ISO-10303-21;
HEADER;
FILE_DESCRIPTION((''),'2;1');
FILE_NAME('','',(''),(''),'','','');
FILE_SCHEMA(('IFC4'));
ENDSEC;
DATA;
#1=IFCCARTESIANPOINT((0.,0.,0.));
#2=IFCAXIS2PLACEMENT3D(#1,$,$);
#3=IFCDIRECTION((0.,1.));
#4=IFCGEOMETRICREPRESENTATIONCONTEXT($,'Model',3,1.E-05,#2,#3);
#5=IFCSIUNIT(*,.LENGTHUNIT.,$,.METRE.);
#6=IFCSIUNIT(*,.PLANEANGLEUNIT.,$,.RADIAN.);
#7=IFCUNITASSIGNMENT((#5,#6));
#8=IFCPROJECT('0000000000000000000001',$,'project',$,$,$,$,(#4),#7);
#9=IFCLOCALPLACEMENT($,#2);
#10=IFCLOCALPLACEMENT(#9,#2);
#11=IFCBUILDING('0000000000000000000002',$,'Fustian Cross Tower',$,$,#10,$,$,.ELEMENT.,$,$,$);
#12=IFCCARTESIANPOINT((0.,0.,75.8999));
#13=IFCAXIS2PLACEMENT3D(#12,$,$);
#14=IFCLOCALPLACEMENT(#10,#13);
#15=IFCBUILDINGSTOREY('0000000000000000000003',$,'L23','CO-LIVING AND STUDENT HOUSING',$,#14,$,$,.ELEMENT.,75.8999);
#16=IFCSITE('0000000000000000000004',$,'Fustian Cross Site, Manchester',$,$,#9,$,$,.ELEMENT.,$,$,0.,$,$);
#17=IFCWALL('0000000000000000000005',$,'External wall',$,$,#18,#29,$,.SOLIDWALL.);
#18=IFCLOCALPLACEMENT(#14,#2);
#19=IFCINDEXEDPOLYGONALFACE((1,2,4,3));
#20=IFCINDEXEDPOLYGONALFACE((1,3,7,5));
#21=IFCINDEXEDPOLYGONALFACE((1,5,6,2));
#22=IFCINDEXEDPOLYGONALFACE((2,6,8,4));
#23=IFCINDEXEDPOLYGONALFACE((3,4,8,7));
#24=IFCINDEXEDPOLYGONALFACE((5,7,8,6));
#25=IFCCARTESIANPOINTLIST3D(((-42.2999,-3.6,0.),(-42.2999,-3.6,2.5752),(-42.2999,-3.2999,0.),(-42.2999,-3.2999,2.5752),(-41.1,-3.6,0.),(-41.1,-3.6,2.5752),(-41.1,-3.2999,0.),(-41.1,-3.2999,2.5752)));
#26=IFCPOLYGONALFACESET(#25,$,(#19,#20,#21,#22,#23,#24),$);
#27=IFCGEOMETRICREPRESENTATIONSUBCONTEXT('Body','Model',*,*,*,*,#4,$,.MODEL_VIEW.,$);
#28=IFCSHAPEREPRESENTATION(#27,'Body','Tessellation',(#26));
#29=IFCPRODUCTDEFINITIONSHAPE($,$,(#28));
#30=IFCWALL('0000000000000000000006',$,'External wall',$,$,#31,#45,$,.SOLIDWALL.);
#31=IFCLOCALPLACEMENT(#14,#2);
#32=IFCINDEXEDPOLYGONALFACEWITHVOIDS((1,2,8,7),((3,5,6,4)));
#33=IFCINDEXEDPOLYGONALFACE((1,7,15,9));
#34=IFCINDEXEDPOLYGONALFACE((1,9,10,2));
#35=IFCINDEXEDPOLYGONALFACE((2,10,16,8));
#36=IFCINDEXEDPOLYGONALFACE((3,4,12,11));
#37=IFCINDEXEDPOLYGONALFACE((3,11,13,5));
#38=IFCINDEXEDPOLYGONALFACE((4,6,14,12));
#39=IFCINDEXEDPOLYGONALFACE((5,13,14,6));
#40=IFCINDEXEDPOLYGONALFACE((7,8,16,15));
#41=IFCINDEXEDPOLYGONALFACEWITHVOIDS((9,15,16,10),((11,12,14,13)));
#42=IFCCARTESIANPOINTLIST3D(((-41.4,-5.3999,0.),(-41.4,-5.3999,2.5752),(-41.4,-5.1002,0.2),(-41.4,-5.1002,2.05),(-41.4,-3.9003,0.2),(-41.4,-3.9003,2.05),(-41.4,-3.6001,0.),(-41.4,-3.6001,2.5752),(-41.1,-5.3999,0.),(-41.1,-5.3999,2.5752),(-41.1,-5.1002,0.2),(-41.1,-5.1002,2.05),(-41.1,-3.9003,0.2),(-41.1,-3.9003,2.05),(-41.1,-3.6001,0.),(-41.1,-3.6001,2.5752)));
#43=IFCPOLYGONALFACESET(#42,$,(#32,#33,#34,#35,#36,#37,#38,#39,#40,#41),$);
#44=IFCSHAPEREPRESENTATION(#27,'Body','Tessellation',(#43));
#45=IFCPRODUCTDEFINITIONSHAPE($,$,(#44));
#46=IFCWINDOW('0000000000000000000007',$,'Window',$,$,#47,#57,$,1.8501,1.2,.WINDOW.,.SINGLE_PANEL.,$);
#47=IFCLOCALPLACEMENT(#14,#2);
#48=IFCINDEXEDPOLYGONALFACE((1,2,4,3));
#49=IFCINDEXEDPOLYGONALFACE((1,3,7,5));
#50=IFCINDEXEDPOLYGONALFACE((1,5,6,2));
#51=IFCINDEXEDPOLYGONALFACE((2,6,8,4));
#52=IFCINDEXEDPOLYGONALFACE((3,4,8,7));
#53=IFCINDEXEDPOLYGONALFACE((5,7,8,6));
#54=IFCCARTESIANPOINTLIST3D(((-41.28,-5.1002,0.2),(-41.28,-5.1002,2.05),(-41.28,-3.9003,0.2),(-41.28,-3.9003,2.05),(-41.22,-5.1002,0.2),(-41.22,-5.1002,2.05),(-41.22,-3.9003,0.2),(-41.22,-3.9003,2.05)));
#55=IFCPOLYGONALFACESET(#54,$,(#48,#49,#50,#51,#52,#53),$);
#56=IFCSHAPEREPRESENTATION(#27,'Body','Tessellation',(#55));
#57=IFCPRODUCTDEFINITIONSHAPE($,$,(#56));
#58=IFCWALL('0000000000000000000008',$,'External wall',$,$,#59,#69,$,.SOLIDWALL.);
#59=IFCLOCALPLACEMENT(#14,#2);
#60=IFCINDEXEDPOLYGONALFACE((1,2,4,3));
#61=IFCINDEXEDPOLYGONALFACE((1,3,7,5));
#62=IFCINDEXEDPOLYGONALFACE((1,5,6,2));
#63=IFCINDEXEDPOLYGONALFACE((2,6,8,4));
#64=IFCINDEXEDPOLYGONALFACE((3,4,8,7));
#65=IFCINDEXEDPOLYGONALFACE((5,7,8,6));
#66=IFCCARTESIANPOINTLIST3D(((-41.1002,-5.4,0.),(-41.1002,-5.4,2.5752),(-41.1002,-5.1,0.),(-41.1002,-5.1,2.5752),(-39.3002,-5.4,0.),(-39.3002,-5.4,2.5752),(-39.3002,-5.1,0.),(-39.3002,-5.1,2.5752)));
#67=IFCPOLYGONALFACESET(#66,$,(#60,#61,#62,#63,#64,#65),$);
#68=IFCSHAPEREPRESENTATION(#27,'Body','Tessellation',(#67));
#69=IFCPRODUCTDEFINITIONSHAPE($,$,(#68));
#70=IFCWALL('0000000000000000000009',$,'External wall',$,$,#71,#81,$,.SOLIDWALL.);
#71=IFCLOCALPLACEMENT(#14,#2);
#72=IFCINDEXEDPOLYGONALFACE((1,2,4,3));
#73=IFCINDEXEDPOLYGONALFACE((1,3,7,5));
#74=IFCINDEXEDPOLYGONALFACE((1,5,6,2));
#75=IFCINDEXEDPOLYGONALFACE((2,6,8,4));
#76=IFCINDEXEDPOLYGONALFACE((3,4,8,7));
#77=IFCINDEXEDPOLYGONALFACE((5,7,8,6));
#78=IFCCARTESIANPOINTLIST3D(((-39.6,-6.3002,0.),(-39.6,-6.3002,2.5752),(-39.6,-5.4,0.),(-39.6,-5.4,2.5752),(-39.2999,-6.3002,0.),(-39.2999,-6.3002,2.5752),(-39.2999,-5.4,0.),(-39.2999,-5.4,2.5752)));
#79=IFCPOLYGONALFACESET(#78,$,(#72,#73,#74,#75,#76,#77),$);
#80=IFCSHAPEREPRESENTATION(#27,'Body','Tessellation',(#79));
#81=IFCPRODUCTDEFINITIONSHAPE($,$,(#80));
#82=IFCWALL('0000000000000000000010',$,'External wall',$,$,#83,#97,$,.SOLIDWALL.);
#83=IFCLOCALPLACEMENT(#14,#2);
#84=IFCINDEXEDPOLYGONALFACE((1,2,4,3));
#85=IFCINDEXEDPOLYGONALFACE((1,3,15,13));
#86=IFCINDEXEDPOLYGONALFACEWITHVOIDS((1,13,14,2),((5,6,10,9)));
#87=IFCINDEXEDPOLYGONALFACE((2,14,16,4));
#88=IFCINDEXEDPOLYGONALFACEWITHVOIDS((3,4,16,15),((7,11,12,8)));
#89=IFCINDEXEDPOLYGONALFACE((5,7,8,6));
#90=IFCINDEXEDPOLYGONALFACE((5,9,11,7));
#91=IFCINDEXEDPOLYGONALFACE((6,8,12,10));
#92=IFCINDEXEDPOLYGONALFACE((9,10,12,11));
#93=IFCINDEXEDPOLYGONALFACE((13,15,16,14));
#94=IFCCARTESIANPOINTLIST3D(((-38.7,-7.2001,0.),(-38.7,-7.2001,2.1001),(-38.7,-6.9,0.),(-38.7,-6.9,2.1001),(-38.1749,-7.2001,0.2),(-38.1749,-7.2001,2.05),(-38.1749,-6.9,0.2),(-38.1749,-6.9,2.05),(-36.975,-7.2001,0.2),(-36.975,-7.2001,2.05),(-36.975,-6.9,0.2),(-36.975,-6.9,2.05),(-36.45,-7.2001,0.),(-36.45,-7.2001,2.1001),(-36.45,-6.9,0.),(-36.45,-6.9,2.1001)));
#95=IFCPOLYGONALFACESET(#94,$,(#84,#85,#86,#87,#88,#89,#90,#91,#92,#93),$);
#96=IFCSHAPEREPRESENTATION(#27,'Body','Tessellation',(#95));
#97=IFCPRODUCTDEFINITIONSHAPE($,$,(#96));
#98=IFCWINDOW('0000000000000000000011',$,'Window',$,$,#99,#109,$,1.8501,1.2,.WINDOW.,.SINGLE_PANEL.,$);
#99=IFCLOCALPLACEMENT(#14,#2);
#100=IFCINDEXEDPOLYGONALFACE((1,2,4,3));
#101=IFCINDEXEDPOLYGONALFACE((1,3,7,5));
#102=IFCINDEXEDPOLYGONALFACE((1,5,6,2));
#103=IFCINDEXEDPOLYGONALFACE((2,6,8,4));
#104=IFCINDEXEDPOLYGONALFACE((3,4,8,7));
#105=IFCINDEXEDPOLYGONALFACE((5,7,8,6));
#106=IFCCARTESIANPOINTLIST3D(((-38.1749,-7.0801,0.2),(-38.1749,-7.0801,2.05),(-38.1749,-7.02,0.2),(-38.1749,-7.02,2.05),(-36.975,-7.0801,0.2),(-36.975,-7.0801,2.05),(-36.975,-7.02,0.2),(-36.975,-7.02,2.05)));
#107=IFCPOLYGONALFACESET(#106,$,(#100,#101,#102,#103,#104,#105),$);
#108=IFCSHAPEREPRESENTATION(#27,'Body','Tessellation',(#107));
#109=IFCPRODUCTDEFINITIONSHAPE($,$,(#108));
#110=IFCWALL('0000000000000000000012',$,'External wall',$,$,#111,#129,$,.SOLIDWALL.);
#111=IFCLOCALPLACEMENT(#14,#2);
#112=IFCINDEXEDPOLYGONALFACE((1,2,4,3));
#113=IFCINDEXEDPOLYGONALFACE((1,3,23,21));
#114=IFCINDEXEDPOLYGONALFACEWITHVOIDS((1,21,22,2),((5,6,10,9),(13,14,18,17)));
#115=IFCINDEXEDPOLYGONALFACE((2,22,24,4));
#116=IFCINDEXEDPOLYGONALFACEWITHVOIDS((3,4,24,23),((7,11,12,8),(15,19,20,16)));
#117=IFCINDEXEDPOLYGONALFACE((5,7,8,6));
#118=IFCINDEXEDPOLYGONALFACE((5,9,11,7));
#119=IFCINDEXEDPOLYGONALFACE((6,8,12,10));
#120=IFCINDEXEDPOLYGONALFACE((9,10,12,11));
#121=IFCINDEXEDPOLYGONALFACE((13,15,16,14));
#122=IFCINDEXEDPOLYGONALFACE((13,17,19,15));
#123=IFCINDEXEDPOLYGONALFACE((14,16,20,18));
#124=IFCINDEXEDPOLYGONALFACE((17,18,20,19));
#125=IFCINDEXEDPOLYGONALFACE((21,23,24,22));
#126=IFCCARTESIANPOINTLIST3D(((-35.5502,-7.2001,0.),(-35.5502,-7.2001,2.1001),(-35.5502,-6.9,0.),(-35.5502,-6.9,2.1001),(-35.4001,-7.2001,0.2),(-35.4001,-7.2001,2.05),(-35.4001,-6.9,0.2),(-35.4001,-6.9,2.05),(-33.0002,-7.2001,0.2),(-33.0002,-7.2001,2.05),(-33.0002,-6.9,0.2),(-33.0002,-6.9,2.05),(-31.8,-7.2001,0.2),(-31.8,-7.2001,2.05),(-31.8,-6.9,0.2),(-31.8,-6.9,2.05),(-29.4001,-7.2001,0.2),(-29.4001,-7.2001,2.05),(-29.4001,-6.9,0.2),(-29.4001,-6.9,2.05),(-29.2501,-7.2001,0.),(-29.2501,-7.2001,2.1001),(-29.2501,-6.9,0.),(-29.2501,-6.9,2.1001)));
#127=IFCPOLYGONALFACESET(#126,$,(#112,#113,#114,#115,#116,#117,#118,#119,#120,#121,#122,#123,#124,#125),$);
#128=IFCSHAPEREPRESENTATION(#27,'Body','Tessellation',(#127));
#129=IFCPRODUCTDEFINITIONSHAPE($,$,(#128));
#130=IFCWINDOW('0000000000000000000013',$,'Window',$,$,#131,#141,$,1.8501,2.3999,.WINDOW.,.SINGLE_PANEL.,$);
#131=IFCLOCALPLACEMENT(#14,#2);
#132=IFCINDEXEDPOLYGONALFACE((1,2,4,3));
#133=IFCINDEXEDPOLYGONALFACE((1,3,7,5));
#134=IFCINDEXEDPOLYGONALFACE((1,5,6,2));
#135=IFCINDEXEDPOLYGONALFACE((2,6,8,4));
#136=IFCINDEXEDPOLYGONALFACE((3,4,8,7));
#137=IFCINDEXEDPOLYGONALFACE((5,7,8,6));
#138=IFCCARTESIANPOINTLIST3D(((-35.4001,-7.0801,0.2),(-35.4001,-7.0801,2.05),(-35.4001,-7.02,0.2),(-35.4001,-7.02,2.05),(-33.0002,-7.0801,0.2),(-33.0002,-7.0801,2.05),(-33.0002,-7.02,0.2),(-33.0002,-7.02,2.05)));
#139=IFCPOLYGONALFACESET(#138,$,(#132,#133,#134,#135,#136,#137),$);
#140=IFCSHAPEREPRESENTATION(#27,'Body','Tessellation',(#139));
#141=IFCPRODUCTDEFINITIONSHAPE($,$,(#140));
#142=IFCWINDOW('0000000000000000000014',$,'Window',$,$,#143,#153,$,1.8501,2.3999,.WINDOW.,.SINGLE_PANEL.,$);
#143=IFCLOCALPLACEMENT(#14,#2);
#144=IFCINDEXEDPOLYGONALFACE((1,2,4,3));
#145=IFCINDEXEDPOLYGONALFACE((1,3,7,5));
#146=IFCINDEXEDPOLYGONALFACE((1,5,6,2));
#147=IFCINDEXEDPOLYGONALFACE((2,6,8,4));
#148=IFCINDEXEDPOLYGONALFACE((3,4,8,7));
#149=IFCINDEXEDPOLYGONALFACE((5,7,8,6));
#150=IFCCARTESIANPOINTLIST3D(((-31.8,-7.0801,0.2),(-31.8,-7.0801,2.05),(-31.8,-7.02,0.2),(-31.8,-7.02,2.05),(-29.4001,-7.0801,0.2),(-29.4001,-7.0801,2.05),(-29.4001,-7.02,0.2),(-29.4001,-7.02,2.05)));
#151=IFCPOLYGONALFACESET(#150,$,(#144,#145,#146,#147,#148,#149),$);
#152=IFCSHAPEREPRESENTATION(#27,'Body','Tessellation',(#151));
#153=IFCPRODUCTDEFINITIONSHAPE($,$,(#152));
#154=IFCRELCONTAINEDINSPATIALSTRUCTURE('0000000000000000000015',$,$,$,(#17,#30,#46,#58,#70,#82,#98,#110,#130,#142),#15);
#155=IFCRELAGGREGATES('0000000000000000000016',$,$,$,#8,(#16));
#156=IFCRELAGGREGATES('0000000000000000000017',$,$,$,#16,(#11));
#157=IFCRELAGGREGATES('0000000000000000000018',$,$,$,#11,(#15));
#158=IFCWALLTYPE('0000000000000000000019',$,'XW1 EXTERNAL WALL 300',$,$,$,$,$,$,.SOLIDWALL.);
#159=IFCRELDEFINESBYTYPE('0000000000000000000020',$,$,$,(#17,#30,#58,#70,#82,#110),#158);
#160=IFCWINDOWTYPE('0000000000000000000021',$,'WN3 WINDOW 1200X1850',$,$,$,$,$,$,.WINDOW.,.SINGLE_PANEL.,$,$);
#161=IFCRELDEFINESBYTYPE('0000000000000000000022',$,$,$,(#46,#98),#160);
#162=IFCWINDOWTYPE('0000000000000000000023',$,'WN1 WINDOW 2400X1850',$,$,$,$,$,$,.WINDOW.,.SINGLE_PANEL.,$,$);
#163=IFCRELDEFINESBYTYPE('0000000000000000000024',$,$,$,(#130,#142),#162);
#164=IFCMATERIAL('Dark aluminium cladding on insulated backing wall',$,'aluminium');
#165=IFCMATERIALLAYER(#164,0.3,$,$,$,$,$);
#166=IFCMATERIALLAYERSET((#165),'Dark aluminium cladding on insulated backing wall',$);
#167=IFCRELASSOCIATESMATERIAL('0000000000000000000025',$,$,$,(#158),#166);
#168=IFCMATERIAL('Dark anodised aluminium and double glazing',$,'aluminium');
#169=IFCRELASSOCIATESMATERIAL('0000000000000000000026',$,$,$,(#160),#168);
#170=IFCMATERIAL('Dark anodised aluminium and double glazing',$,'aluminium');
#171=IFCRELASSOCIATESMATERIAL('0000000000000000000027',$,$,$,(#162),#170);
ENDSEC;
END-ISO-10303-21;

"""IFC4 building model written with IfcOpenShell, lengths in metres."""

from ifc_helpers import new_model, si_unit, direction, frame, frame_2d, origin, place, context, subcontext, project, spatial, rectangle, extrude, material, layer, layer_set, type_object, element, fill, save


model = new_model("IFC4")

# Units and contexts
model_context = context("Model", 3, precision=1e-05, world=origin(), true_north=direction((0.0, 1.0)))
body_context = subcontext(model_context, "Body", "Model", "MODEL_VIEW")
ifc_project = project(units=[si_unit("LENGTHUNIT", "METRE"), si_unit("PLANEANGLEUNIT", "RADIAN")], contexts=[model_context])

# Site, building, storey
site_placement = place(None, origin())
site = spatial("IfcSite", under=ifc_project, at=site_placement, Name="Fustian Cross Site, Manchester", CompositionType="ELEMENT", RefElevation=0.0)
building_placement = place(site_placement, origin())
building = spatial("IfcBuilding", under=site, at=building_placement, Name="Fustian Cross Tower", CompositionType="ELEMENT")
storey_placement = place(building_placement, frame((0.0, 0.0, 75.8999)))
storey = spatial("IfcBuildingStorey", under=building, at=storey_placement, Name="L23", Description="CO-LIVING AND STUDENT HOUSING", CompositionType="ELEMENT", Elevation=75.8999)

# Wall
ifc_material_1 = material(Name="Dark aluminium cladding on insulated backing wall", Category="aluminium")
ifc_layer_1 = layer(ifc_material_1, 0.3)
ifc_layer_set_1 = layer_set([ifc_layer_1], Name="Dark aluminium cladding on insulated backing wall")
wall_type_1 = type_object("IfcWallType", Name="XW1 EXTERNAL WALL 300", PredefinedType="SOLIDWALL", material=ifc_layer_set_1)
wall_1_placement = place(storey_placement, frame((-42.3, -3.45, 0.0), z_axis=(0.0, 0.0, 1.0), x_axis=(1.0, 0.0, 0.0)))
element("IfcWall", 1, at=wall_1_placement, inside=storey, type_object=wall_type_1, Name="External wall", PredefinedType="SOLIDWALL", context=body_context, shape_type="SweptSolid", body=[
    extrude(rectangle(XDim=1.2, YDim=0.3, at=frame_2d((0.6001, 0.0))), origin(), (0.0, 0.0, 1.0), 2.5752),
])

# Wall, opening, window
wall_2_placement = place(storey_placement, frame((-41.25, -3.6001, 0.0), z_axis=(0.0, 0.0, 1.0), x_axis=(0.0, -1.0, 0.0)))
wall_2 = element("IfcWall", 2, at=wall_2_placement, inside=storey, type_object=wall_type_1, Name="External wall", PredefinedType="SOLIDWALL", context=body_context, shape_type="SweptSolid", body=[
    extrude(rectangle(XDim=1.7998, YDim=0.3, at=frame_2d((0.8999, 0.0))), origin(), (0.0, 0.0, 1.0), 2.5752),
])
opening_1_placement = place(wall_2_placement, frame((0.3, 0.0, 0.2)))
opening_1 = element("IfcOpeningElement", 3, at=opening_1_placement, cuts=wall_2, PredefinedType="OPENING", context=body_context, shape_type="SweptSolid", body=[
    extrude(rectangle(XDim=1.2, YDim=1.8501, at=frame_2d((0.6001, 0.925))), frame((0.0, 0.1599, 0.0), z_axis=(0.0, -1.0, 0.0), x_axis=(1.0, 0.0, 0.0)), (0.0, 0.0, 1.0), 0.3201),
])
ifc_material_2 = material(Name="Dark anodised aluminium and double glazing", Category="aluminium")
window_type_1 = type_object("IfcWindowType", Name="WN3 WINDOW 1200X1850", PartitioningType="SINGLE_PANEL", PredefinedType="WINDOW", material=ifc_material_2)
window_1_placement = place(opening_1_placement, origin())
window_1 = element("IfcWindow", 4, at=window_1_placement, inside=storey, type_object=window_type_1, Name="Window", OverallHeight=1.8501, OverallWidth=1.2, PartitioningType="SINGLE_PANEL", PredefinedType="WINDOW", context=body_context, shape_type="SweptSolid", body=[
    extrude(rectangle(XDim=1.2, YDim=1.8501, at=frame_2d((0.6001, 0.925))), frame((0.0, 0.03, 0.0), z_axis=(0.0, -1.0, 0.0), x_axis=(1.0, 0.0, 0.0)), (0.0, 0.0, 1.0), 0.0601),
])
fill(opening_1, window_1)

# Walls
wall_3_placement = place(storey_placement, frame((-41.1001, -5.25, 0.0), z_axis=(0.0, 0.0, 1.0), x_axis=(1.0, 0.0, 0.0)))
element("IfcWall", 5, at=wall_3_placement, inside=storey, type_object=wall_type_1, Name="External wall", PredefinedType="SOLIDWALL", context=body_context, shape_type="SweptSolid", body=[
    extrude(rectangle(XDim=1.8, YDim=0.3, at=frame_2d((0.8999, 0.0))), origin(), (0.0, 0.0, 1.0), 2.5752),
])
wall_4_placement = place(storey_placement, frame((-39.45, -5.3999, 0.0), z_axis=(0.0, 0.0, 1.0), x_axis=(0.0, -1.0, 0.0)))
element("IfcWall", 6, at=wall_4_placement, inside=storey, type_object=wall_type_1, Name="External wall", PredefinedType="SOLIDWALL", context=body_context, shape_type="SweptSolid", body=[
    extrude(rectangle(XDim=0.9001, YDim=0.3, at=frame_2d((0.4502, 0.0))), origin(), (0.0, 0.0, 1.0), 2.5752),
])

# Wall, opening, window
wall_5_placement = place(storey_placement, frame((-38.7, -7.05, 0.0), z_axis=(0.0, 0.0, 1.0), x_axis=(1.0, 0.0, 0.0)))
wall_5 = element("IfcWall", 7, at=wall_5_placement, inside=storey, type_object=wall_type_1, Name="External wall", PredefinedType="SOLIDWALL", context=body_context, shape_type="SweptSolid", body=[
    extrude(rectangle(XDim=2.25, YDim=0.3, at=frame_2d((1.125, 0.0))), origin(), (0.0, 0.0, 1.0), 2.1001),
])
opening_2_placement = place(wall_5_placement, frame((0.5249, 0.0, 0.2)))
opening_2 = element("IfcOpeningElement", 8, at=opening_2_placement, cuts=wall_5, PredefinedType="OPENING", context=body_context, shape_type="SweptSolid", body=[
    extrude(rectangle(XDim=1.2, YDim=1.8501, at=frame_2d((0.6001, 0.925))), frame((0.0, 0.1599, 0.0), z_axis=(0.0, -1.0, 0.0), x_axis=(1.0, 0.0, 0.0)), (0.0, 0.0, 1.0), 0.3201),
])
window_2_placement = place(opening_2_placement, origin())
window_2 = element("IfcWindow", 9, at=window_2_placement, inside=storey, type_object=window_type_1, Name="Window", OverallHeight=1.8501, OverallWidth=1.2, PartitioningType="SINGLE_PANEL", PredefinedType="WINDOW", context=body_context, shape_type="SweptSolid", body=[
    extrude(rectangle(XDim=1.2, YDim=1.8501, at=frame_2d((0.6001, 0.925))), frame((0.0, 0.03, 0.0), z_axis=(0.0, -1.0, 0.0), x_axis=(1.0, 0.0, 0.0)), (0.0, 0.0, 1.0), 0.0601),
])
fill(opening_2, window_2)

# Wall, openings, windows
wall_6_placement = place(storey_placement, frame((-35.55, -7.05, 0.0), z_axis=(0.0, 0.0, 1.0), x_axis=(1.0, 0.0, 0.0)))
wall_6 = element("IfcWall", 10, at=wall_6_placement, inside=storey, type_object=wall_type_1, Name="External wall", PredefinedType="SOLIDWALL", context=body_context, shape_type="SweptSolid", body=[
    extrude(rectangle(XDim=6.3, YDim=0.3, at=frame_2d((3.1499, 0.0))), origin(), (0.0, 0.0, 1.0), 2.1001),
])
opening_3_placement = place(wall_6_placement, frame((0.1499, 0.0, 0.2)))
opening_3 = element("IfcOpeningElement", 11, at=opening_3_placement, cuts=wall_6, PredefinedType="OPENING", context=body_context, shape_type="SweptSolid", body=[
    extrude(rectangle(XDim=2.3999, YDim=1.8501, at=frame_2d((1.2, 0.925))), frame((0.0, 0.1599, 0.0), z_axis=(0.0, -1.0, 0.0), x_axis=(1.0, 0.0, 0.0)), (0.0, 0.0, 1.0), 0.3201),
])
opening_4_placement = place(wall_6_placement, frame((3.75, 0.0, 0.2)))
opening_4 = element("IfcOpeningElement", 12, at=opening_4_placement, cuts=wall_6, PredefinedType="OPENING", context=body_context, shape_type="SweptSolid", body=[
    extrude(rectangle(XDim=2.3999, YDim=1.8501, at=frame_2d((1.2, 0.925))), frame((0.0, 0.1599, 0.0), z_axis=(0.0, -1.0, 0.0), x_axis=(1.0, 0.0, 0.0)), (0.0, 0.0, 1.0), 0.3201),
])
ifc_material_3 = material(Name="Dark anodised aluminium and double glazing", Category="aluminium")
window_type_2 = type_object("IfcWindowType", Name="WN1 WINDOW 2400X1850", PartitioningType="SINGLE_PANEL", PredefinedType="WINDOW", material=ifc_material_3)
window_3_placement = place(opening_3_placement, origin())
window_3 = element("IfcWindow", 13, at=window_3_placement, inside=storey, type_object=window_type_2, Name="Window", OverallHeight=1.8501, OverallWidth=2.3999, PartitioningType="SINGLE_PANEL", PredefinedType="WINDOW", context=body_context, shape_type="SweptSolid", body=[
    extrude(rectangle(XDim=2.3999, YDim=1.8501, at=frame_2d((1.2, 0.925))), frame((0.0, 0.03, 0.0), z_axis=(0.0, -1.0, 0.0), x_axis=(1.0, 0.0, 0.0)), (0.0, 0.0, 1.0), 0.0601),
])
fill(opening_3, window_3)
window_4_placement = place(opening_4_placement, origin())
window_4 = element("IfcWindow", 14, at=window_4_placement, inside=storey, type_object=window_type_2, Name="Window", OverallHeight=1.8501, OverallWidth=2.3999, PartitioningType="SINGLE_PANEL", PredefinedType="WINDOW", context=body_context, shape_type="SweptSolid", body=[
    extrude(rectangle(XDim=2.3999, YDim=1.8501, at=frame_2d((1.2, 0.925))), frame((0.0, 0.03, 0.0), z_axis=(0.0, -1.0, 0.0), x_axis=(1.0, 0.0, 0.0)), (0.0, 0.0, 1.0), 0.0601),
])
fill(opening_4, window_4)

save(model, "model.ifc")
